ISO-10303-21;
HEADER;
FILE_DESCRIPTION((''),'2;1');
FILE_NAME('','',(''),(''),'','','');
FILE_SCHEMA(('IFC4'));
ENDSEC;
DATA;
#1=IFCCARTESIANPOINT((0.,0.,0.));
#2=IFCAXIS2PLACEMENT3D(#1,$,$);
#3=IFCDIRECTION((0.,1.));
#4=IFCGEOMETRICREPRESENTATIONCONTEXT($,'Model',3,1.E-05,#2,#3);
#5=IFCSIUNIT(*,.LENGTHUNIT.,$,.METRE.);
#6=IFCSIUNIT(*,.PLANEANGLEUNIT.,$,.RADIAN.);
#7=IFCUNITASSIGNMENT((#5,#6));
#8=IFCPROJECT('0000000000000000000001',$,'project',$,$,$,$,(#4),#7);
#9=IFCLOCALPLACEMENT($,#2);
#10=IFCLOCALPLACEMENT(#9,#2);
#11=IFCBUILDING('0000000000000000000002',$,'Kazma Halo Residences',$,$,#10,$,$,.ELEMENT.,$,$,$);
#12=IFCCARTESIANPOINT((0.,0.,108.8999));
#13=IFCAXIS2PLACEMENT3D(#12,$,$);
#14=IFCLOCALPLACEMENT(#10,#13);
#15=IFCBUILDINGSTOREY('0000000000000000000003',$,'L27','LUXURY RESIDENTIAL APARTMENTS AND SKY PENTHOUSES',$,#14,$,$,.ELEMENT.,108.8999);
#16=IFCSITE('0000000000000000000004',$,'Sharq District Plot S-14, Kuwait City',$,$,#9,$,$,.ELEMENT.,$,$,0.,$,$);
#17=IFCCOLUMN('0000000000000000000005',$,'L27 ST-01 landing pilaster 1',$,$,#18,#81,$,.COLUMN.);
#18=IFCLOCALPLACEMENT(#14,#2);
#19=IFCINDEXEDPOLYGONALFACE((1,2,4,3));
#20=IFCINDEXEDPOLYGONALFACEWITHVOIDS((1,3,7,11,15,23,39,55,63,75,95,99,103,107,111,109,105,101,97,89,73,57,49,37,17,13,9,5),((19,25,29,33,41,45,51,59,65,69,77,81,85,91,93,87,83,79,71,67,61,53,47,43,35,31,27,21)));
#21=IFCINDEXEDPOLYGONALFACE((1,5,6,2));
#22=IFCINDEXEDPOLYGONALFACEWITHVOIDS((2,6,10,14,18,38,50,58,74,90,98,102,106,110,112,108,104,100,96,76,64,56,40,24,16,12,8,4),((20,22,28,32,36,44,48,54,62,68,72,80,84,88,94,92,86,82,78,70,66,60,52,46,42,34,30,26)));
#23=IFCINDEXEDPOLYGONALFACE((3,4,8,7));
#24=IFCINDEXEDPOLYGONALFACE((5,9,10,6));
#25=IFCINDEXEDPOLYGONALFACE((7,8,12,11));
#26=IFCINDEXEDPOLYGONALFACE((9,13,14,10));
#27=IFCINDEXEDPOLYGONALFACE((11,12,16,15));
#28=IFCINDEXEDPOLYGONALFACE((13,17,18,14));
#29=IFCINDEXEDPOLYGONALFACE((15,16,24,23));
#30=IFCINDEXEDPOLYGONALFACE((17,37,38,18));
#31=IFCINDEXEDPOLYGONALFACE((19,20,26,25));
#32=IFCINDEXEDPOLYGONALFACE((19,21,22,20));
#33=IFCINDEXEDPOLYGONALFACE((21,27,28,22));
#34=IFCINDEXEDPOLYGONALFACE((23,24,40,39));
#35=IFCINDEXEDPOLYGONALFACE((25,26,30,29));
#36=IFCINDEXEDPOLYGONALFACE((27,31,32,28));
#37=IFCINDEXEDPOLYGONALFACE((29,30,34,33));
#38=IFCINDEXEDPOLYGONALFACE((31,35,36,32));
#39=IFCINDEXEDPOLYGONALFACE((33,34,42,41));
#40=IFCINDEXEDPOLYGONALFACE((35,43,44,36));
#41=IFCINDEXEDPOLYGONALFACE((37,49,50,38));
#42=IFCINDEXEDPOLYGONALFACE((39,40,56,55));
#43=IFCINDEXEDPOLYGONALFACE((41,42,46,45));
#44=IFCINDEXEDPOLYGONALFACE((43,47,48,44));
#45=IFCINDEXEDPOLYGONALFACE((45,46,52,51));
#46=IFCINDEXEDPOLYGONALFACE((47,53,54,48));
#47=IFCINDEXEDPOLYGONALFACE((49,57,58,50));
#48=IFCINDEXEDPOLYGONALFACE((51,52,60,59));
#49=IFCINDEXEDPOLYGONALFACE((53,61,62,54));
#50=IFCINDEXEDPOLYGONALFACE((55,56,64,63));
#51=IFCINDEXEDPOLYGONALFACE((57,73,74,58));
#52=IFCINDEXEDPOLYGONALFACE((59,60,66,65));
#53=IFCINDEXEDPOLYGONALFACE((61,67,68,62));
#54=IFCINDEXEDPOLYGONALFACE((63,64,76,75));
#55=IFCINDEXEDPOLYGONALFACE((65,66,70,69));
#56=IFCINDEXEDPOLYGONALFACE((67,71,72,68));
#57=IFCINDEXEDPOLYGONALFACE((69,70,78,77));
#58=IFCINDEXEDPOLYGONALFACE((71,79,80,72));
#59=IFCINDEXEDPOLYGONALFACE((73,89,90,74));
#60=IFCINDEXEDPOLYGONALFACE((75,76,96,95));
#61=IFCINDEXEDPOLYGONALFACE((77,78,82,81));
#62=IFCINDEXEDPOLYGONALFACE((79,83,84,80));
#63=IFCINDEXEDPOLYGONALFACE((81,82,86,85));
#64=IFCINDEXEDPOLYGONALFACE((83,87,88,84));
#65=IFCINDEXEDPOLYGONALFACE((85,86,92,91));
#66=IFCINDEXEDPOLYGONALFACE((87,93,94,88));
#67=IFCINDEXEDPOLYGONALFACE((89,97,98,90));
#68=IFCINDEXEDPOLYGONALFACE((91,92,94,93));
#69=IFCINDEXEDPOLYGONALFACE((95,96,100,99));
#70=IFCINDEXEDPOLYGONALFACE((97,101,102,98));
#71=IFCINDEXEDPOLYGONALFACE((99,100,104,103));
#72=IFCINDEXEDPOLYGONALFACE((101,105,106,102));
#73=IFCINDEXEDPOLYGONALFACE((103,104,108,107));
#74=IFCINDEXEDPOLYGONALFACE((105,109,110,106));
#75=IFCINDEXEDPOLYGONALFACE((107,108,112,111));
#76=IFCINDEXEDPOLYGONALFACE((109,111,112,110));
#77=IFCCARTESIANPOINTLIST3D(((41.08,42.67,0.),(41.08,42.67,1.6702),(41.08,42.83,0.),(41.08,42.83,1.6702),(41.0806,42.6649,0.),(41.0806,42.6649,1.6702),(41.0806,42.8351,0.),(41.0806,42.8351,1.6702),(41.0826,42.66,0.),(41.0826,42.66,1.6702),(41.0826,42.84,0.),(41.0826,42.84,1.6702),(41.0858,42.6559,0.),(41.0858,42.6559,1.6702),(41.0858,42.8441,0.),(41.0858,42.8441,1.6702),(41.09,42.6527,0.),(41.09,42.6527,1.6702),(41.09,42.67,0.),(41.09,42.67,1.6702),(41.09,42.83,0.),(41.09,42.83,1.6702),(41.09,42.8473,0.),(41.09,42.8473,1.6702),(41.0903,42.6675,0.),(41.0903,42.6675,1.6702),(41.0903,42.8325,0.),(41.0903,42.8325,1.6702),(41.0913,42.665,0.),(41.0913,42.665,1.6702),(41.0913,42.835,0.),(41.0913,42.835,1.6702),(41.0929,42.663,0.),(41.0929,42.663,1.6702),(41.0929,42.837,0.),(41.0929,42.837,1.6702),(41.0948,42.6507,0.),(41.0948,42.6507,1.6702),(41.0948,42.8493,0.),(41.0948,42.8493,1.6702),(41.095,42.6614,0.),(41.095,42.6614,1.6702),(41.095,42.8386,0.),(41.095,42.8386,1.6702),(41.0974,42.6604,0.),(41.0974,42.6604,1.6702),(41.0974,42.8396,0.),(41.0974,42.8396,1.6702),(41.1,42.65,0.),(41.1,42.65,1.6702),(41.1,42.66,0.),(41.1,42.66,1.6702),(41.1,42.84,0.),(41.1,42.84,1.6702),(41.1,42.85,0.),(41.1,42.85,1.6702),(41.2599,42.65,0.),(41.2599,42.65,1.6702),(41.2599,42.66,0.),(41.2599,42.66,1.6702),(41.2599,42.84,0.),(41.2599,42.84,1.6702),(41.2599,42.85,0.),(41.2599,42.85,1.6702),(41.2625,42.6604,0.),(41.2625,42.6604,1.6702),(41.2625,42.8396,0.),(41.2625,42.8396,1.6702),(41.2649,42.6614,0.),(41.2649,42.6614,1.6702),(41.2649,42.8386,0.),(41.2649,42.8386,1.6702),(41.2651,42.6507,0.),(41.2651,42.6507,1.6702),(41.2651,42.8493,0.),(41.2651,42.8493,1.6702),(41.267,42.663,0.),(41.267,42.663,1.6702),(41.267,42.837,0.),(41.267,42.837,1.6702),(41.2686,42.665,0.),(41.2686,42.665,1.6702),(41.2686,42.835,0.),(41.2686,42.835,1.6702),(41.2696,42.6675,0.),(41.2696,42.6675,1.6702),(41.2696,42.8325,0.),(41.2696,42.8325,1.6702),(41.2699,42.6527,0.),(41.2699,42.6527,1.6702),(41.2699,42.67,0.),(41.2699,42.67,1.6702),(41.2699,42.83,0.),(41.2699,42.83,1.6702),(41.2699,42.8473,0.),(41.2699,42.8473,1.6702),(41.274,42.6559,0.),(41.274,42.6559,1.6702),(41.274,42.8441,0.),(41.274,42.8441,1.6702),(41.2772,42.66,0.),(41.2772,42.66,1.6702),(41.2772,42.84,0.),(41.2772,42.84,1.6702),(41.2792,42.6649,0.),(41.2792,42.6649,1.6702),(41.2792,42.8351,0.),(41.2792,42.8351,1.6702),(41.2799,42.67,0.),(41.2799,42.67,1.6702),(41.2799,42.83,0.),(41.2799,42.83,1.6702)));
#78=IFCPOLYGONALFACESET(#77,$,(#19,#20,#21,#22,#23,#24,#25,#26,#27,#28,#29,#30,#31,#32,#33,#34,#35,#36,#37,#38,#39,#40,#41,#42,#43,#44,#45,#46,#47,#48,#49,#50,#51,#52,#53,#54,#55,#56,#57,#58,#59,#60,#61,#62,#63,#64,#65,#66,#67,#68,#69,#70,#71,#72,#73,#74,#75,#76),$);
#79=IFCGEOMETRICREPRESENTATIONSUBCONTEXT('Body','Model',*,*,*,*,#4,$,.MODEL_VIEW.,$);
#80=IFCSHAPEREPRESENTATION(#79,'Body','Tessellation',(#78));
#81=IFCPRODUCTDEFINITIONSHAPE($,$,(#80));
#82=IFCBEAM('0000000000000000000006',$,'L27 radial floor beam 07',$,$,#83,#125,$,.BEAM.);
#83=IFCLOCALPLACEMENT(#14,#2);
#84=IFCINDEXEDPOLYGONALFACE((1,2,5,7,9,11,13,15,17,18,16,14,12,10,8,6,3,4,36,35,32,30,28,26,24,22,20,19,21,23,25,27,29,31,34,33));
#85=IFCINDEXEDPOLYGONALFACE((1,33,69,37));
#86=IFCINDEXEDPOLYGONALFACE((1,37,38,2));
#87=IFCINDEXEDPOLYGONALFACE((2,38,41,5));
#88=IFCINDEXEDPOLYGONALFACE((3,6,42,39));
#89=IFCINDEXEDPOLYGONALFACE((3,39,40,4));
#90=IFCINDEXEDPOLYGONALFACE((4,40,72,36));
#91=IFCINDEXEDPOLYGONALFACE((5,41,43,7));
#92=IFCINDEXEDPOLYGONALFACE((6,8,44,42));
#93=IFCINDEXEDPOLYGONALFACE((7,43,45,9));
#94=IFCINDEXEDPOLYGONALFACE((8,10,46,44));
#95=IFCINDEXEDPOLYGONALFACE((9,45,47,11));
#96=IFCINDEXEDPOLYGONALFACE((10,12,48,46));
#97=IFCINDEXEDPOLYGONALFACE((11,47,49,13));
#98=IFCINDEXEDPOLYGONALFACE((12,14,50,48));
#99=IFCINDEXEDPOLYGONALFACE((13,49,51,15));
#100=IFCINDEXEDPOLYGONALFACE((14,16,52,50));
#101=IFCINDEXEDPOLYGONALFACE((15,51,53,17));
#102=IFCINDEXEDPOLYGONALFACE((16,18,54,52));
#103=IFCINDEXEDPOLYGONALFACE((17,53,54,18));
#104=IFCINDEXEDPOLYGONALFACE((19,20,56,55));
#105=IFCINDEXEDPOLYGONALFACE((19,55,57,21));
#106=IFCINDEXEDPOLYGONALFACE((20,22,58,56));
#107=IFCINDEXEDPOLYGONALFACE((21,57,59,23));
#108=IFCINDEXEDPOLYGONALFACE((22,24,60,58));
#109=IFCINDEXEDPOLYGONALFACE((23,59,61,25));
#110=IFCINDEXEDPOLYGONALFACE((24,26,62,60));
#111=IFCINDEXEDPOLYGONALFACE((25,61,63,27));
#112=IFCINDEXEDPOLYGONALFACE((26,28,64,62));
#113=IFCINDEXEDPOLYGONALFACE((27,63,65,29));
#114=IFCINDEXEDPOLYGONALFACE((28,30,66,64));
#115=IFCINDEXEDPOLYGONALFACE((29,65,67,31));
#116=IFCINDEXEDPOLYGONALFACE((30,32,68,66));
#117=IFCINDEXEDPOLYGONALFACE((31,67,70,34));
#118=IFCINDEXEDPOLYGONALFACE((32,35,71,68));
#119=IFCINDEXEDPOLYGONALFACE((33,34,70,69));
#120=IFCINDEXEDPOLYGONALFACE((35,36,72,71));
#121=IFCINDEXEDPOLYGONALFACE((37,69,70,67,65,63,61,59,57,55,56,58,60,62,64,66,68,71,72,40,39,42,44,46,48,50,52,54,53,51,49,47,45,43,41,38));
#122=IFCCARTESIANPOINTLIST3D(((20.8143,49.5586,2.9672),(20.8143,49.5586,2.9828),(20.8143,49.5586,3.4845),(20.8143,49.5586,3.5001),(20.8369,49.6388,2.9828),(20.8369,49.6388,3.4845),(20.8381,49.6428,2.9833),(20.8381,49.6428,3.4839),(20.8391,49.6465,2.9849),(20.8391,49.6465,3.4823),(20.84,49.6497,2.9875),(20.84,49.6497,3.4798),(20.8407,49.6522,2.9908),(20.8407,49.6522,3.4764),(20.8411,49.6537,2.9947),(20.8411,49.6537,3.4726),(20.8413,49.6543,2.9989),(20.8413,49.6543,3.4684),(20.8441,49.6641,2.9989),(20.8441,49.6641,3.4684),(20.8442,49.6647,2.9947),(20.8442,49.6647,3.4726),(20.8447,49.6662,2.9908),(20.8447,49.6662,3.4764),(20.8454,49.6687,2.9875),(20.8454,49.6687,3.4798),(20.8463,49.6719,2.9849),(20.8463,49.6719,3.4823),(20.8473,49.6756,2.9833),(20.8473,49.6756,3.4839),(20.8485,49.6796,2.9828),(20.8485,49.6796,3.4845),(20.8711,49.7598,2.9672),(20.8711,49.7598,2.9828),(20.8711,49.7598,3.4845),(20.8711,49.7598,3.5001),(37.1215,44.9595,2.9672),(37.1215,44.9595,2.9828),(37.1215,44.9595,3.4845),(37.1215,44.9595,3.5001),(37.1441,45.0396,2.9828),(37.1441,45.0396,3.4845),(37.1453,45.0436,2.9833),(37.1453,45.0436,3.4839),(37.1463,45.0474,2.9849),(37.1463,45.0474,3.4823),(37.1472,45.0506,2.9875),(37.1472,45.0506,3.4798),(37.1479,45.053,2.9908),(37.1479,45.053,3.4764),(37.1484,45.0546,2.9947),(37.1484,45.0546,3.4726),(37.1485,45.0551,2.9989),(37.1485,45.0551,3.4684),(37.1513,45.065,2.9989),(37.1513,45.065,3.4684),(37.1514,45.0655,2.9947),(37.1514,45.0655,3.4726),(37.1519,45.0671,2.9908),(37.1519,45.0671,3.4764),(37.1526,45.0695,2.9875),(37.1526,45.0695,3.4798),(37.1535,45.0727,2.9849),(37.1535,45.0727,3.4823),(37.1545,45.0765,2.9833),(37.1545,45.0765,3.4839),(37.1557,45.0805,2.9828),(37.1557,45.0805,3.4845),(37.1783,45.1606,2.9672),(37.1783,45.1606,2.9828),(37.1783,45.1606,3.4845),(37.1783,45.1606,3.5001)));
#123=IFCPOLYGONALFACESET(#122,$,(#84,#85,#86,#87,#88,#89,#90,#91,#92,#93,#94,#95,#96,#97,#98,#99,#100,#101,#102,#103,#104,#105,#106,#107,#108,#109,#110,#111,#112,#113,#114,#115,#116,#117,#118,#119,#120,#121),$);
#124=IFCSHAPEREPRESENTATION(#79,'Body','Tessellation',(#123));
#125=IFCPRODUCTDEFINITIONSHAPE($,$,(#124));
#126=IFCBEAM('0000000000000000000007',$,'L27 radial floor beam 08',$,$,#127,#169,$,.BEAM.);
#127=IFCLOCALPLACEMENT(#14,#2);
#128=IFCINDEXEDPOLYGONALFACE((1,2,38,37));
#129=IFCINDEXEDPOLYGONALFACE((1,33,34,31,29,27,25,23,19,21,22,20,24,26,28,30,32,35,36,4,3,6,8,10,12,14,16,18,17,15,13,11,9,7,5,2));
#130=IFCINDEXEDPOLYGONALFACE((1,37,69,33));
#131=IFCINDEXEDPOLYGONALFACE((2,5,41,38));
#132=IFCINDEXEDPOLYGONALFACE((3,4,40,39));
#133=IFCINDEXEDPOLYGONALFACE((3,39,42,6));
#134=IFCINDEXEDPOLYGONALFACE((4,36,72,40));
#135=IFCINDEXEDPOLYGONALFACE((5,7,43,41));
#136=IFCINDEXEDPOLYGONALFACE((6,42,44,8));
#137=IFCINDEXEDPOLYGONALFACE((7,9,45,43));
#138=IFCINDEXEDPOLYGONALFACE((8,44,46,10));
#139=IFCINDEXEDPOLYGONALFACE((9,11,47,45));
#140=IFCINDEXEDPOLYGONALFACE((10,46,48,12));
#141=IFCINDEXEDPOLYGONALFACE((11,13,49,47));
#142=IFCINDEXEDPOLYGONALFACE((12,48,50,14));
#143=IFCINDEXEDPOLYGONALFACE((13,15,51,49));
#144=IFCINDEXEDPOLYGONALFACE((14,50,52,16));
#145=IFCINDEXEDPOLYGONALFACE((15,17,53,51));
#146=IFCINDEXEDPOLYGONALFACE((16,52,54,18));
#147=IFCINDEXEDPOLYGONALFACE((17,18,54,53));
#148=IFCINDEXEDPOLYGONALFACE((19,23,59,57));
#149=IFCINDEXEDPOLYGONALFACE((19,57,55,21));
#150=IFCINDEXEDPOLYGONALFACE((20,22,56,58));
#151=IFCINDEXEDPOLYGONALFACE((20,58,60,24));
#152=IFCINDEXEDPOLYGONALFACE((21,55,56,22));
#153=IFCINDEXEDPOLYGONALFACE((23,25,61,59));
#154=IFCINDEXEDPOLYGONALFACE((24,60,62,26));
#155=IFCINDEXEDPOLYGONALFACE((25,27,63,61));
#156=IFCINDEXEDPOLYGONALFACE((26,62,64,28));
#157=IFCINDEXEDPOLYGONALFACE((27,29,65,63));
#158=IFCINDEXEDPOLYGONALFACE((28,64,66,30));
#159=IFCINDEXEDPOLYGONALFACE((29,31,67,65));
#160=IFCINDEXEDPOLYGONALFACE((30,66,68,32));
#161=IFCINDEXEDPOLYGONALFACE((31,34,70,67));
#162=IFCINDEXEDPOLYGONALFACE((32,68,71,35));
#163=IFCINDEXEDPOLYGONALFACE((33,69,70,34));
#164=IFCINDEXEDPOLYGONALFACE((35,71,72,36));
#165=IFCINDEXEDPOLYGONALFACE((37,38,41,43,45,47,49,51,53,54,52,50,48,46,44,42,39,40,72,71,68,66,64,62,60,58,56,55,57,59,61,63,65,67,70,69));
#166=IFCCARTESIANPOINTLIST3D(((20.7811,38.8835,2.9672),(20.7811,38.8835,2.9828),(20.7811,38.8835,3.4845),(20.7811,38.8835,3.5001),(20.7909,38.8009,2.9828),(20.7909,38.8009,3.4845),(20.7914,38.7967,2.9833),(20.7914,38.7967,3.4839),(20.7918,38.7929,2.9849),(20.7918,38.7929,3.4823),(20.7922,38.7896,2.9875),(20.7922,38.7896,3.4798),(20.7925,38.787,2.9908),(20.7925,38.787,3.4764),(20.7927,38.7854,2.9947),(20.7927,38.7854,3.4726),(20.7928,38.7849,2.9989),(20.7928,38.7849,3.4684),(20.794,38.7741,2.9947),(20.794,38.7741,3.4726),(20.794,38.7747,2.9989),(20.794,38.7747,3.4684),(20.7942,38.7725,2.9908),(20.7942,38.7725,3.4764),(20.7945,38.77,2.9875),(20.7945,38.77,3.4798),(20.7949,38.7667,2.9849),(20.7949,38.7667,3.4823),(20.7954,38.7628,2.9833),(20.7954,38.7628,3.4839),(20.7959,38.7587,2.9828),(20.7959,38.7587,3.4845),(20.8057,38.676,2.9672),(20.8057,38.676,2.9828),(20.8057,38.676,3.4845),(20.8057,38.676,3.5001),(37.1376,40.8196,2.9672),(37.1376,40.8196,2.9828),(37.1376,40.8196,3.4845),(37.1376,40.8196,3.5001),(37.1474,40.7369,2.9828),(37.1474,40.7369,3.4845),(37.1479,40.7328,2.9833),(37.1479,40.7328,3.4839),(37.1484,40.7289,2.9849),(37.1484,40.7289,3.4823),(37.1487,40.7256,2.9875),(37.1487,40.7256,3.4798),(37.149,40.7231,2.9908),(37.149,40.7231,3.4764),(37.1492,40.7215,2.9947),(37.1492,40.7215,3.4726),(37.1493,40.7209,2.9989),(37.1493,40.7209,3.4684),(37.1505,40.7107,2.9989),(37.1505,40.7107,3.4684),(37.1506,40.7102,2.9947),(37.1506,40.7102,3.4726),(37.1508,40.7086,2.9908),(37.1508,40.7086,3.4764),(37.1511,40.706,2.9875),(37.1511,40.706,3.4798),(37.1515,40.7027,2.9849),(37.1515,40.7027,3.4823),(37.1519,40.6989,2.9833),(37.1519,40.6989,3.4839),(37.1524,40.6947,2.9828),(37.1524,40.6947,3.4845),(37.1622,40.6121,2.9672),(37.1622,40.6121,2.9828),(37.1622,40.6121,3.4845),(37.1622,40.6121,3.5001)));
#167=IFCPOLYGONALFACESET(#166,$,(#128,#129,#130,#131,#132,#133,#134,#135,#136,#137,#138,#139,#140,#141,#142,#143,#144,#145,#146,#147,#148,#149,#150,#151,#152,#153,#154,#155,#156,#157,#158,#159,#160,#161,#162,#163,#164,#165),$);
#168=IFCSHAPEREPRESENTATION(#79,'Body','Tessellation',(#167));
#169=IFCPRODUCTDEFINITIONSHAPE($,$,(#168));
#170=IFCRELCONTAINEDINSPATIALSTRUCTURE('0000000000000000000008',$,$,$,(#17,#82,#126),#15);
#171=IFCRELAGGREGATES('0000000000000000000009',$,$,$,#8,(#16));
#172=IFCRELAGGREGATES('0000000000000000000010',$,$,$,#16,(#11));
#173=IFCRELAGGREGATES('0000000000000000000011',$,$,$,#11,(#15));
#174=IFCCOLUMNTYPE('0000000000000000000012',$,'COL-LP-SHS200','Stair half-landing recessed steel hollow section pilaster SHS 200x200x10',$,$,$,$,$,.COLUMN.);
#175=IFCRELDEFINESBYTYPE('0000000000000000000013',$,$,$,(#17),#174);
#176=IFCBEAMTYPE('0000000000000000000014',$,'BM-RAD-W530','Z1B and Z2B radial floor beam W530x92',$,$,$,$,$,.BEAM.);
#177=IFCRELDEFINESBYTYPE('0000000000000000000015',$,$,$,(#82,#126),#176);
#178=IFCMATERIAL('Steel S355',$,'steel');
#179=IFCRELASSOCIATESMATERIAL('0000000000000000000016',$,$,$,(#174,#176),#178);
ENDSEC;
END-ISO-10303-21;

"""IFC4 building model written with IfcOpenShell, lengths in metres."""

from ifc_helpers import new_model, si_unit, direction, frame, origin, origin_2d, place, context, subcontext, project, spatial, hollow_rectangle, i_section, extrude, material, material_profile, profile_set, type_object, element, save


model = new_model("IFC4")

# Units and contexts
model_context = context("Model", 3, precision=1e-05, world=origin(), true_north=direction((0.0, 1.0)))
body_context = subcontext(model_context, "Body", "Model", "MODEL_VIEW")
ifc_project = project(units=[si_unit("LENGTHUNIT", "METRE"), si_unit("PLANEANGLEUNIT", "RADIAN")], contexts=[model_context])

# Site, building, storey
site_placement = place(None, origin())
site = spatial("IfcSite", under=ifc_project, at=site_placement, Name="Sharq District Plot S-14, Kuwait City", CompositionType="ELEMENT", RefElevation=0.0)
building_placement = place(site_placement, origin())
building = spatial("IfcBuilding", under=site, at=building_placement, Name="Kazma Halo Residences", CompositionType="ELEMENT")
storey_placement = place(building_placement, frame((0.0, 0.0, 108.8999)))
storey = spatial("IfcBuildingStorey", under=building, at=storey_placement, Name="L27", Description="LUXURY RESIDENTIAL APARTMENTS AND SKY PENTHOUSES", CompositionType="ELEMENT", Elevation=108.8999)

# Column
ifc_material_1 = material(Name="Steel S355", Category="steel")
ifc_material_profile_1 = material_profile(ifc_material_1, hollow_rectangle(XDim=0.2, YDim=0.2, WallThickness=0.01, InnerFilletRadius=0.01, OuterFilletRadius=0.02, at=origin_2d()), Name="SHS200x200x10")
ifc_profile_set_1 = profile_set([ifc_material_profile_1], Name="Steel S355")
column_type = type_object("IfcColumnType", Name="COL-LP-SHS200", Description="Stair half-landing recessed steel hollow section pilaster SHS 200x200x10", PredefinedType="COLUMN", material=ifc_profile_set_1)
column_placement = place(storey_placement, frame((41.1799, 42.75, 0.0), z_axis=(0.0, 0.0, 1.0), x_axis=(1.0, 0.0, 0.0)))
element("IfcColumn", 1, at=column_placement, inside=storey, type_object=column_type, Name="L27 ST-01 landing pilaster 1", PredefinedType="COLUMN", context=body_context, shape_type="SweptSolid", body=[
    extrude(hollow_rectangle(XDim=0.2, YDim=0.2, WallThickness=0.01, InnerFilletRadius=0.01, OuterFilletRadius=0.02, at=origin_2d()), origin(), (0.0, 0.0, 1.0), 1.6702),
])

# Beams
ifc_material_profile_2 = material_profile(ifc_material_1, i_section(OverallWidth=0.209, OverallDepth=0.533, WebThickness=0.0103, FlangeThickness=0.0156, FilletRadius=0.0161, at=origin_2d()), Name="W530x92")
ifc_profile_set_2 = profile_set([ifc_material_profile_2], Name="Steel S355")
beam_type_1 = type_object("IfcBeamType", Name="BM-RAD-W530", Description="Z1B and Z2B radial floor beam W530x92", PredefinedType="BEAM", material=ifc_profile_set_2)
beam_1_placement = place(storey_placement, frame((37.1499, 45.0601, 3.2336), z_axis=(-0.962455, 0.271442, 0.0), x_axis=(-0.271442, -0.962455, 0.0)))
element("IfcBeam", 2, at=beam_1_placement, inside=storey, type_object=beam_type_1, Name="L27 radial floor beam 07", PredefinedType="BEAM", context=body_context, shape_type="SweptSolid", body=[
    extrude(i_section(OverallWidth=0.209, OverallDepth=0.533, WebThickness=0.0103, FlangeThickness=0.0156, FilletRadius=0.0161, at=origin_2d()), origin(), (0.0, 0.0, 1.0), 16.9434),
])
beam_2_placement = place(storey_placement, frame((37.1499, 40.7158, 3.2336), z_axis=(-0.993068, -0.117545, 0.0), x_axis=(0.117545, -0.993068, 0.0)))
element("IfcBeam", 3, at=beam_2_placement, inside=storey, type_object=beam_type_1, Name="L27 radial floor beam 08", PredefinedType="BEAM", context=body_context, shape_type="SweptSolid", body=[
    extrude(i_section(OverallWidth=0.209, OverallDepth=0.533, WebThickness=0.0103, FlangeThickness=0.0156, FilletRadius=0.0161, at=origin_2d()), origin(), (0.0, 0.0, 1.0), 16.4707),
])

save(model, "model.ifc")
